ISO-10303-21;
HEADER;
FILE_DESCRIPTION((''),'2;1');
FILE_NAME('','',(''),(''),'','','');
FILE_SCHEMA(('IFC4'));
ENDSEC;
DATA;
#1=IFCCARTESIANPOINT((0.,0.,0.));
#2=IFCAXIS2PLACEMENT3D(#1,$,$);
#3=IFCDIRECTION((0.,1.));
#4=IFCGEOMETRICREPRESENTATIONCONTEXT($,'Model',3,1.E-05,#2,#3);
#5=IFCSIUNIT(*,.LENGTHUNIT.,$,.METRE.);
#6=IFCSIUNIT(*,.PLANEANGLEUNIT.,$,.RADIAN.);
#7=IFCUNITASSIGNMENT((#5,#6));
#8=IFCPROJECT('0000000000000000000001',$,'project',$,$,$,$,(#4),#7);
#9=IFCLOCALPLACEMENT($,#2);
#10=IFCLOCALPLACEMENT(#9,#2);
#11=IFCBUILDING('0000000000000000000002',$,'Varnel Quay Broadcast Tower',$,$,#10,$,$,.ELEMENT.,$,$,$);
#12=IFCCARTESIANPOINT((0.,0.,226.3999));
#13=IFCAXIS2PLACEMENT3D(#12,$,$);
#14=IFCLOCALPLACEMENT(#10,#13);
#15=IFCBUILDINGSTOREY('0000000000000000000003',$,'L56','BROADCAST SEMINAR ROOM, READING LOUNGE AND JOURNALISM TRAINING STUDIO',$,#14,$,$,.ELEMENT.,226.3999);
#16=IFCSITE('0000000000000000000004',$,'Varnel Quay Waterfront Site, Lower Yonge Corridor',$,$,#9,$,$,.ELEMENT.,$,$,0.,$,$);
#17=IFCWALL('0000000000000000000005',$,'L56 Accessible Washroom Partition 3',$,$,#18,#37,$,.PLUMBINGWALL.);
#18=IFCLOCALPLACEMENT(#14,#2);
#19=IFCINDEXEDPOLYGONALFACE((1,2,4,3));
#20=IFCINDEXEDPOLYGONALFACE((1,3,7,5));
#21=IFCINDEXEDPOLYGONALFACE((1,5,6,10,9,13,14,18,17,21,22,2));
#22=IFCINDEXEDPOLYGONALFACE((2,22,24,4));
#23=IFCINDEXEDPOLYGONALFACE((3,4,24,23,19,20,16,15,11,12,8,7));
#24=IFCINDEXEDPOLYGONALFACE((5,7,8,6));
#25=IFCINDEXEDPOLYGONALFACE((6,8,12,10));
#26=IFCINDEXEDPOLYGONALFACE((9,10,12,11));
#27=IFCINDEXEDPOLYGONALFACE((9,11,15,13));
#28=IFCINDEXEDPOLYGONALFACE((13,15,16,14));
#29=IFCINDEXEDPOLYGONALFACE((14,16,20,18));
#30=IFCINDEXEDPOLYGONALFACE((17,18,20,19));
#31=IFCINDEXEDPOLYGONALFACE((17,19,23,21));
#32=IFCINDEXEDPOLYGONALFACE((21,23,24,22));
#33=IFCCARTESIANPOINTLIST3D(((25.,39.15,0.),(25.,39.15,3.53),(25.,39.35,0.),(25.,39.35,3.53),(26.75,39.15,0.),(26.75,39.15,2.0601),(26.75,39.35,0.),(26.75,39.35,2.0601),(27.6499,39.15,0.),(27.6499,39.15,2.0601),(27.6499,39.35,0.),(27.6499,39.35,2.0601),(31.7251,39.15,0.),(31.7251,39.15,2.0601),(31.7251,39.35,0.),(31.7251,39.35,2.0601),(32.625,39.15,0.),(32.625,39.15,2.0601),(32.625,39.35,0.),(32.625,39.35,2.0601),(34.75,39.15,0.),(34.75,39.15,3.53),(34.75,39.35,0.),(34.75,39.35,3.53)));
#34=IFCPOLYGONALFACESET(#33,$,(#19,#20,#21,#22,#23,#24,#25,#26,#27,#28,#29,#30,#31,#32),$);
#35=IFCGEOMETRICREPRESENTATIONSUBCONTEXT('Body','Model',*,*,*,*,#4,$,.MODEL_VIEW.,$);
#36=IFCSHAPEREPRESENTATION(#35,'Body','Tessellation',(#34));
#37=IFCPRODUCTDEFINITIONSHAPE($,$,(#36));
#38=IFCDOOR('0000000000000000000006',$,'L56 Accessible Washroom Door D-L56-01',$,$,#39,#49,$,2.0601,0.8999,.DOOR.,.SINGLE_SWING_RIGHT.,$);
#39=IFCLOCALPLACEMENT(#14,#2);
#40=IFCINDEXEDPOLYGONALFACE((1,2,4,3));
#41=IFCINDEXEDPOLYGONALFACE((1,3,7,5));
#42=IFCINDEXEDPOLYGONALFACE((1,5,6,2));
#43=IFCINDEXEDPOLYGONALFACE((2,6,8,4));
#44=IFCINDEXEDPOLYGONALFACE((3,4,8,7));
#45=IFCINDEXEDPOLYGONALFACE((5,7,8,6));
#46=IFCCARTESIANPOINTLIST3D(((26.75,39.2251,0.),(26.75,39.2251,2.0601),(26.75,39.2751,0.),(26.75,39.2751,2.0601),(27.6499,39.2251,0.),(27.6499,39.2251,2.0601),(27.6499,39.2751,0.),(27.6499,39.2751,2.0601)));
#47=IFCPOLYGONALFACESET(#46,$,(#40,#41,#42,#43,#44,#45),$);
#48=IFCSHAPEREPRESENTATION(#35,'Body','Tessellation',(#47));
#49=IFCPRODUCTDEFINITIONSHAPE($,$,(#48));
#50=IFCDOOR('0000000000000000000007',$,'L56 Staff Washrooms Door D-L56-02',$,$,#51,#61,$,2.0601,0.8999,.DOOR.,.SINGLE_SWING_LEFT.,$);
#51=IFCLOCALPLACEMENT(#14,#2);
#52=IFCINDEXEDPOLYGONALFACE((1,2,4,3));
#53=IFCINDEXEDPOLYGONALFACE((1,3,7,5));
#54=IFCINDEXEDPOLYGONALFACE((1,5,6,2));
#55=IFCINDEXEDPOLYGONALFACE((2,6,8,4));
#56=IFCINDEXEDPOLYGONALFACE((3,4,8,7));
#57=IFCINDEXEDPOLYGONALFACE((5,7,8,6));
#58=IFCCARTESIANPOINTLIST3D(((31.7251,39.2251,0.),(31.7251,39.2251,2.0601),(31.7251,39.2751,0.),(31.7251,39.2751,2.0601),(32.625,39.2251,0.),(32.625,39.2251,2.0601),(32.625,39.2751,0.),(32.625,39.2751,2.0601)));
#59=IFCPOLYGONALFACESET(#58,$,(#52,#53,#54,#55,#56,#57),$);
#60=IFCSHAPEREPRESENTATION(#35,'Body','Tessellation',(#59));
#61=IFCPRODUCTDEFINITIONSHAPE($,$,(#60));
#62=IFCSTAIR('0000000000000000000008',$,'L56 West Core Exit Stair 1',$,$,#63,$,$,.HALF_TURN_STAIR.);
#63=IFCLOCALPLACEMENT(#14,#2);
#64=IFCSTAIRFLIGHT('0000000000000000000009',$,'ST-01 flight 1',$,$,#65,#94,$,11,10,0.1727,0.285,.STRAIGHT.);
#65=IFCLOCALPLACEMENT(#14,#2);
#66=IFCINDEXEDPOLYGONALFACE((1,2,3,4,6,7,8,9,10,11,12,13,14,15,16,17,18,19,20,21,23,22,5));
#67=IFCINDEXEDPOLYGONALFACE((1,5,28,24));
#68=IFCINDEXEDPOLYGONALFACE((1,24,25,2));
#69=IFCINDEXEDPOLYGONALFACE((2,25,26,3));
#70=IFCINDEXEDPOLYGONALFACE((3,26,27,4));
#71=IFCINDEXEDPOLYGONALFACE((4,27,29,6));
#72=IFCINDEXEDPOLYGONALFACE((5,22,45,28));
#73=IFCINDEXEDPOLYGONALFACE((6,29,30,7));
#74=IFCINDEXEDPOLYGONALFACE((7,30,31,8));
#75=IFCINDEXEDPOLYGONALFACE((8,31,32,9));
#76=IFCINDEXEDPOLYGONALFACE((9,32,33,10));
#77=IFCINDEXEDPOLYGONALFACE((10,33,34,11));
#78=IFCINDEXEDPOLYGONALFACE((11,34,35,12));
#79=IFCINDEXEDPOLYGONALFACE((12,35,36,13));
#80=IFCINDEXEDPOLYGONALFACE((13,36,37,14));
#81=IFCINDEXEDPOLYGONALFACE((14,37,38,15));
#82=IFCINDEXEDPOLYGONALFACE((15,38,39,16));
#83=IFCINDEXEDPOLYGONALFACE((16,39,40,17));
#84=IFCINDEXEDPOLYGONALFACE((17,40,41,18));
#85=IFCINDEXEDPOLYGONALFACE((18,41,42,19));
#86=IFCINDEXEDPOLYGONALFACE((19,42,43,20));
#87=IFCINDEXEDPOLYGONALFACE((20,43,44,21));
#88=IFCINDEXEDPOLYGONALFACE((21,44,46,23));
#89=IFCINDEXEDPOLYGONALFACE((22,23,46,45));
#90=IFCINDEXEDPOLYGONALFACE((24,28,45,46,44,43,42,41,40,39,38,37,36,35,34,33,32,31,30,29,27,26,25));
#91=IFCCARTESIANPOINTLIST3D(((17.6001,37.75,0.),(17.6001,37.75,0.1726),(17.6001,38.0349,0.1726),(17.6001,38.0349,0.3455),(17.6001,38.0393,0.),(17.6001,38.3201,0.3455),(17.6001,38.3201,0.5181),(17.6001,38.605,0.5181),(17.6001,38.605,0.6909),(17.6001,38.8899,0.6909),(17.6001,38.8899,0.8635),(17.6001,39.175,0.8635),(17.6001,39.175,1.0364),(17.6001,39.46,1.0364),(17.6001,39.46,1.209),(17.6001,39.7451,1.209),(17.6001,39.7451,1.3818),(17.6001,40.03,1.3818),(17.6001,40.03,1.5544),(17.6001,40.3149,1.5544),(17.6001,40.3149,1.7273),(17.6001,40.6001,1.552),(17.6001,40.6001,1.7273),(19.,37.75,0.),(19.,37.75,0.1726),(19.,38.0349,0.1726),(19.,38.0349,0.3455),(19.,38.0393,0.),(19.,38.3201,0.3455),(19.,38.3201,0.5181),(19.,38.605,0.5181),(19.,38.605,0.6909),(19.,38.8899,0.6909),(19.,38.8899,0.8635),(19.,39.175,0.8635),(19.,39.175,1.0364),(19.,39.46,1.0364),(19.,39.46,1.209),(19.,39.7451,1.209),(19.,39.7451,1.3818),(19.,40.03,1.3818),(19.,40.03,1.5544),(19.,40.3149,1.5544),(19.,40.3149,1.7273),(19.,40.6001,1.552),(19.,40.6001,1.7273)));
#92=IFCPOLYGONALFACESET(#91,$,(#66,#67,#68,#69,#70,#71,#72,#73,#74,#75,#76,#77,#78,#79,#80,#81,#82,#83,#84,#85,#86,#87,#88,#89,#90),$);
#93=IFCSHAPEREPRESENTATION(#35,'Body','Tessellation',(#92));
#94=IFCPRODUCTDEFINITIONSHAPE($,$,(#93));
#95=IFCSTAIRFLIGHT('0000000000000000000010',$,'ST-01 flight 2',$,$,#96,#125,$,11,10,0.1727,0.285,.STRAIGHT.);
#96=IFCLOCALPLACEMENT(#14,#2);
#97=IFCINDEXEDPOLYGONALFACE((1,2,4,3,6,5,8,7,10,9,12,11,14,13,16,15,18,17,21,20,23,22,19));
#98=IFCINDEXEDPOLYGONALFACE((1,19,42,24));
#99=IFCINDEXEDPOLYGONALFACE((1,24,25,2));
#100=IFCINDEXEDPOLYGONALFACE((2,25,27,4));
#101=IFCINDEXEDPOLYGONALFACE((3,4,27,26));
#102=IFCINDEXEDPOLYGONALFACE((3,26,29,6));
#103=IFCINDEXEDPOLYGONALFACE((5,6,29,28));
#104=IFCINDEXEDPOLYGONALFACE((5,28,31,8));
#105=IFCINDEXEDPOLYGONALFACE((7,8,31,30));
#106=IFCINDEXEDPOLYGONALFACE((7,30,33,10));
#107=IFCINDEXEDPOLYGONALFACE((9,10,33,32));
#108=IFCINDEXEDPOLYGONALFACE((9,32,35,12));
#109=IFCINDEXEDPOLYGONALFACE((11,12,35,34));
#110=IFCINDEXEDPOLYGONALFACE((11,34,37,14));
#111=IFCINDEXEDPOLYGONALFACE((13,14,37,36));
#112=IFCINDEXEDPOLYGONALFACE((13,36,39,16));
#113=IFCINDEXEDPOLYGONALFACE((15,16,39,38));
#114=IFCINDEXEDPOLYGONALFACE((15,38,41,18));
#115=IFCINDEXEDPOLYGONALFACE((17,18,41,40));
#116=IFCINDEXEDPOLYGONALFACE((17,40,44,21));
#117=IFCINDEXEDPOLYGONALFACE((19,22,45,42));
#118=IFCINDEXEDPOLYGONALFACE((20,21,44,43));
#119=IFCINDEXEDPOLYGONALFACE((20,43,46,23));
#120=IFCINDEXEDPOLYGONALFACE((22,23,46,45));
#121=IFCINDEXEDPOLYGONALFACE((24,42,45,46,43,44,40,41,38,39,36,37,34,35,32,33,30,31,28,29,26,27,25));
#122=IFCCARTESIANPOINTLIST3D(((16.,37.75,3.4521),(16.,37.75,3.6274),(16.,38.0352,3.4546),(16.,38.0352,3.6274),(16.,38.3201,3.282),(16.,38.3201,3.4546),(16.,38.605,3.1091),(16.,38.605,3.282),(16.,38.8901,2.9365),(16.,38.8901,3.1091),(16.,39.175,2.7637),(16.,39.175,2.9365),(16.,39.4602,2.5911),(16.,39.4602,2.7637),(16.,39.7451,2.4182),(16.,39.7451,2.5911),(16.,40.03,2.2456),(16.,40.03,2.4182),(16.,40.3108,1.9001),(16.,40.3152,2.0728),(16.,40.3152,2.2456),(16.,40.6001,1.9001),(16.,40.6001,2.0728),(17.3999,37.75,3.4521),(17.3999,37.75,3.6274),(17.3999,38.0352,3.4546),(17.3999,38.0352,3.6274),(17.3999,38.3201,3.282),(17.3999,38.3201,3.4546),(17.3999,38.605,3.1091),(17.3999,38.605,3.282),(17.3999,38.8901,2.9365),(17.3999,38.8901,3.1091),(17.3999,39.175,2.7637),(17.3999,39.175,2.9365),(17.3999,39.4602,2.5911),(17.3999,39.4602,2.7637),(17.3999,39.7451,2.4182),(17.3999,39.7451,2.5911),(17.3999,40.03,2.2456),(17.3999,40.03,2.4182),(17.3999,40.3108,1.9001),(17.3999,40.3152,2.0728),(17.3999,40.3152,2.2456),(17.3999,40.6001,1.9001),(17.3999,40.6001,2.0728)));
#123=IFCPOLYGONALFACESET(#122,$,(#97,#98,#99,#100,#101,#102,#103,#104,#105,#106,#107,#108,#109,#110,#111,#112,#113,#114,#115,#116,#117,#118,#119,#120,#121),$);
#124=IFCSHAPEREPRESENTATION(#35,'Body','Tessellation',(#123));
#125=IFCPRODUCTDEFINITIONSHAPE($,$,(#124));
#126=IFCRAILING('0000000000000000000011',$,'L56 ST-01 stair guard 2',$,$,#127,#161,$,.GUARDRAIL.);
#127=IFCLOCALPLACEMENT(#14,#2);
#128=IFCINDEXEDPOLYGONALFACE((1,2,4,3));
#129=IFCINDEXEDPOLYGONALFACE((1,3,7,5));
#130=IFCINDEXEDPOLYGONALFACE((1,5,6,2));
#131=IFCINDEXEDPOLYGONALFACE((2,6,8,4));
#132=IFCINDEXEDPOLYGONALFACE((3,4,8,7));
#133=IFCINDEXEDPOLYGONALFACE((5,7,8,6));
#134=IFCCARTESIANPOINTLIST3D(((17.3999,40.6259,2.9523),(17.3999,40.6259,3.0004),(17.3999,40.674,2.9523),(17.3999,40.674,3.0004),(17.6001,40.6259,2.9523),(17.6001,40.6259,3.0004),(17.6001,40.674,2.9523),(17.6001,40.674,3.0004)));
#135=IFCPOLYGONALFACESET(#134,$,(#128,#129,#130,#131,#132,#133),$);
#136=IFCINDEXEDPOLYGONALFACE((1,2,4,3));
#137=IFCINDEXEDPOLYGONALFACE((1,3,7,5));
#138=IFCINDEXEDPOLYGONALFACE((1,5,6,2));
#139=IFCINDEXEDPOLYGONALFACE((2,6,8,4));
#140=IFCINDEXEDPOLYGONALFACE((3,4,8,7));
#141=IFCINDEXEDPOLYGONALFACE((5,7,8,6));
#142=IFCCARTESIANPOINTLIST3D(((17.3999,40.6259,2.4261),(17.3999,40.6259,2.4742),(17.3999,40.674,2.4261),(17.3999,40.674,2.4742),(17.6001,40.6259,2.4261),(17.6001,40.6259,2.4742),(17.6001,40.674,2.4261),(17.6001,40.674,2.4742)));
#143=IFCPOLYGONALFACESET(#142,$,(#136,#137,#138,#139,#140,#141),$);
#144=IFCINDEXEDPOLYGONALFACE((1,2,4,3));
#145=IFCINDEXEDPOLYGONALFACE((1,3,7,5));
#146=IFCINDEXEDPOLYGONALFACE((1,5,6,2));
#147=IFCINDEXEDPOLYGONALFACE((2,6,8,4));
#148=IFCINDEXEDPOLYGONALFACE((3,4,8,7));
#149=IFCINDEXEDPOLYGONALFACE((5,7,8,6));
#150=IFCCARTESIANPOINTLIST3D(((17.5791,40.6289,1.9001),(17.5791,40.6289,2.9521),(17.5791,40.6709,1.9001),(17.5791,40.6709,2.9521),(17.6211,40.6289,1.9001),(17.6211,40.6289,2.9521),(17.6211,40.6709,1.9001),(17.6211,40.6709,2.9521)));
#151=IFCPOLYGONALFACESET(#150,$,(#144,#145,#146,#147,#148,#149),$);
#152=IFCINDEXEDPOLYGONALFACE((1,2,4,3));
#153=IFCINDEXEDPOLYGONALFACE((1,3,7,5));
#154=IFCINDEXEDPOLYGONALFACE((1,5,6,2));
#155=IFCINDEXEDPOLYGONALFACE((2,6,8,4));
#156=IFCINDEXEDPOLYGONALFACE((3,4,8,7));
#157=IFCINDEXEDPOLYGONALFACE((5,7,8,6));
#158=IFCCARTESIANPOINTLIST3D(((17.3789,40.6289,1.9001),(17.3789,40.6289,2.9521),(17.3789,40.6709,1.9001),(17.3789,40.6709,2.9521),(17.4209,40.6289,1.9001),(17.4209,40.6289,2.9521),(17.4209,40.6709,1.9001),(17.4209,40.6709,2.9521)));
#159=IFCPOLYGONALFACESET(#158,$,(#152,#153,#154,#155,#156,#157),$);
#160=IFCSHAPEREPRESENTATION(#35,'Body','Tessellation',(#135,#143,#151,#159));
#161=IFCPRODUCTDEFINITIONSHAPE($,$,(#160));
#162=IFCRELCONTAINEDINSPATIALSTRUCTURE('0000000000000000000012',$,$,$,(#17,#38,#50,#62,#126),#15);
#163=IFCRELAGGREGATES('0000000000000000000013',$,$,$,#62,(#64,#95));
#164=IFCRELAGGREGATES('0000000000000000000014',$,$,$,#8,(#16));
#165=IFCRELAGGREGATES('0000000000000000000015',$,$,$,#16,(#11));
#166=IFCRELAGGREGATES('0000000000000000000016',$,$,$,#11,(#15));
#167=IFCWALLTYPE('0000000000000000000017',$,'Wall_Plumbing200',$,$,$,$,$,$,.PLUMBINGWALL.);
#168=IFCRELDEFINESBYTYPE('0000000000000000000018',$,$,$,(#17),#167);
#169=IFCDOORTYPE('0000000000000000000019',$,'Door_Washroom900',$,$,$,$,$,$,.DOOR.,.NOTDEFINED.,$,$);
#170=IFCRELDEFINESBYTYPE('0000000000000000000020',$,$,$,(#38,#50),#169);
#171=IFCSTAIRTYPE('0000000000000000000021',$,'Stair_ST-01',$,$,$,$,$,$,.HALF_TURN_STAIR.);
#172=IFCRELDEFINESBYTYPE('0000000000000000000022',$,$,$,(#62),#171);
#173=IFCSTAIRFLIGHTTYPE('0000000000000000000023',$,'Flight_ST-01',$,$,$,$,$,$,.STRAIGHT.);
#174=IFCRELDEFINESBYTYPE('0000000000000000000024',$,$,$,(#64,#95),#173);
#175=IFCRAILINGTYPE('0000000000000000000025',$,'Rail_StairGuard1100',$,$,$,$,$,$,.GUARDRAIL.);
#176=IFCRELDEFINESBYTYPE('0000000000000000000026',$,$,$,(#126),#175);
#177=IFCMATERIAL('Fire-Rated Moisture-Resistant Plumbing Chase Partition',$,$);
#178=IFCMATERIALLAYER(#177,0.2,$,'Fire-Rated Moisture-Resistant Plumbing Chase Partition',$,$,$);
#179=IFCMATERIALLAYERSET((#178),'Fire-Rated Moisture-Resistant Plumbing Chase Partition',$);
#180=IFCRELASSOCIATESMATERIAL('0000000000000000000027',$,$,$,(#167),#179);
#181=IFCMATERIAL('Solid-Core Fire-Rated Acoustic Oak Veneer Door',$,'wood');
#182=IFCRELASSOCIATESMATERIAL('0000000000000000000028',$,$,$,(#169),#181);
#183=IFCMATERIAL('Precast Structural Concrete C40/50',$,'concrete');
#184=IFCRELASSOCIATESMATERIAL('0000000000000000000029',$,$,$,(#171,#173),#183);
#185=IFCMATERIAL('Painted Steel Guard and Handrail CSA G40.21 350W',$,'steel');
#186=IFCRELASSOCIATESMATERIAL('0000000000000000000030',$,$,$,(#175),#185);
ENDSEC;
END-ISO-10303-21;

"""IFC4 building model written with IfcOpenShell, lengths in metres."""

from ifc_helpers import new_model, si_unit, direction, frame, frame_2d, origin, origin_2d, place, context, subcontext, project, spatial, polyline, rectangle, outline, extrude, source, transform, mapped, material, layer, layer_set, type_object, type_shapes, element, fill, aggregate, save


model = new_model("IFC4")

# Units and contexts
model_context = context("Model", 3, precision=1e-05, world=origin(), true_north=direction((0.0, 1.0)))
body_context = subcontext(model_context, "Body", "Model", "MODEL_VIEW")
ifc_project = project(units=[si_unit("LENGTHUNIT", "METRE"), si_unit("PLANEANGLEUNIT", "RADIAN")], contexts=[model_context])

# Site, building, storey
site_placement = place(None, origin())
site = spatial("IfcSite", under=ifc_project, at=site_placement, Name="Varnel Quay Waterfront Site, Lower Yonge Corridor", CompositionType="ELEMENT", RefElevation=0.0)
building_placement = place(site_placement, origin())
building = spatial("IfcBuilding", under=site, at=building_placement, Name="Varnel Quay Broadcast Tower", CompositionType="ELEMENT")
storey_placement = place(building_placement, frame((0.0, 0.0, 226.3999)))
storey = spatial("IfcBuildingStorey", under=building, at=storey_placement, Name="L56", Description="BROADCAST SEMINAR ROOM, READING LOUNGE AND JOURNALISM TRAINING STUDIO", CompositionType="ELEMENT", Elevation=226.3999)

# Wall, openings, doors
ifc_material_1 = material(Name="Solid-Core Fire-Rated Acoustic Oak Veneer Door", Category="wood")
ifc_material_2 = material(Name="Fire-Rated Moisture-Resistant Plumbing Chase Partition")
ifc_layer_1 = layer(ifc_material_2, 0.2, Name="Fire-Rated Moisture-Resistant Plumbing Chase Partition")
ifc_layer_set_1 = layer_set([ifc_layer_1], Name="Fire-Rated Moisture-Resistant Plumbing Chase Partition")
wall_type_1 = type_object("IfcWallType", Name="Wall_Plumbing200", PredefinedType="PLUMBINGWALL", material=ifc_layer_set_1)
wall_1_placement = place(storey_placement, frame((25.0, 39.25, 0.0), z_axis=(0.0, 0.0, 1.0), x_axis=(1.0, 0.0, 0.0)))
wall_1 = element("IfcWall", 1, at=wall_1_placement, inside=storey, type_object=wall_type_1, Name="L56 Accessible Washroom Partition 3", PredefinedType="PLUMBINGWALL", context=body_context, shape_type="SweptSolid", body=[
    extrude(rectangle(XDim=9.75, YDim=0.2, at=frame_2d((4.875, 0.0))), origin(), (0.0, 0.0, 1.0), 3.53),
])
opening_1_placement = place(wall_1_placement, frame((1.75, 0.0, 0.0)))
opening_1 = element("IfcOpeningElement", 2, at=opening_1_placement, cuts=wall_1, PredefinedType="OPENING", context=body_context, shape_type="SweptSolid", body=[
    extrude(rectangle(XDim=0.8999, YDim=2.0601, at=frame_2d((0.45, 1.03))), frame((0.0, 0.1099, 0.0), z_axis=(0.0, -1.0, 0.0), x_axis=(1.0, 0.0, 0.0)), (0.0, 0.0, 1.0), 0.22),
])
opening_2_placement = place(wall_1_placement, frame((6.7251, 0.0, 0.0)))
opening_2 = element("IfcOpeningElement", 3, at=opening_2_placement, cuts=wall_1, PredefinedType="OPENING", context=body_context, shape_type="SweptSolid", body=[
    extrude(rectangle(XDim=0.8999, YDim=2.0601, at=frame_2d((0.45, 1.03))), frame((0.0, 0.1099, 0.0), z_axis=(0.0, -1.0, 0.0), x_axis=(1.0, 0.0, 0.0)), (0.0, 0.0, 1.0), 0.22),
])
door_type_1 = type_object("IfcDoorType", Name="Door_Washroom900", OperationType="NOTDEFINED", PredefinedType="DOOR", material=ifc_material_1)
shared_shape_1 = source(origin(), body_context, "Body", "SweptSolid", [
    extrude(rectangle(XDim=0.8999, YDim=2.0601, at=frame_2d((0.45, 1.03))), frame((0.0, 0.0249, 0.0), z_axis=(0.0, -1.0, 0.0), x_axis=(1.0, 0.0, 0.0)), (0.0, 0.0, 1.0), 0.05),
])
type_shapes(door_type_1, [shared_shape_1])
door_1_placement = place(opening_1_placement, frame((0.8999, 0.0, 0.0), z_axis=(0.0, 0.0, 1.0), x_axis=(-1.0, 0.0, 0.0)))
door_1 = element("IfcDoor", 4, at=door_1_placement, inside=storey, type_object=door_type_1, Name="L56 Accessible Washroom Door D-L56-01", OperationType="SINGLE_SWING_RIGHT", OverallHeight=2.0601, OverallWidth=0.8999, PredefinedType="DOOR", context=body_context, shape_type="MappedRepresentation", body=[
    mapped(shared_shape_1, transform((0.0, 0.0, 0.0), x_axis=(1.0, 0.0, 0.0), y_axis=(0.0, 1.0, 0.0), z_axis=(0.0, 0.0, 1.0), scale=1.0)),
])
fill(opening_1, door_1)
door_2_placement = place(opening_2_placement, frame((0.8999, 0.0, 0.0), z_axis=(0.0, 0.0, 1.0), x_axis=(-1.0, 0.0, 0.0)))
door_2 = element("IfcDoor", 5, at=door_2_placement, inside=storey, type_object=door_type_1, Name="L56 Staff Washrooms Door D-L56-02", OperationType="SINGLE_SWING_LEFT", OverallHeight=2.0601, OverallWidth=0.8999, PredefinedType="DOOR", context=body_context, shape_type="MappedRepresentation", body=[
    mapped(shared_shape_1, transform((0.0, 0.0, 0.0), x_axis=(1.0, 0.0, 0.0), y_axis=(0.0, 1.0, 0.0), z_axis=(0.0, 0.0, 1.0), scale=1.0)),
])
fill(opening_2, door_2)

# Stair, stair flights
ifc_material_3 = material(Name="Precast Structural Concrete C40/50", Category="concrete")
stair_type = type_object("IfcStairType", Name="Stair_ST-01", PredefinedType="HALF_TURN_STAIR", material=ifc_material_3)
stair_placement = place(storey_placement, origin())
stair = element("IfcStair", 6, at=stair_placement, inside=storey, type_object=stair_type, Name="L56 West Core Exit Stair 1", PredefinedType="HALF_TURN_STAIR")
stair_flight_type = type_object("IfcStairFlightType", Name="Flight_ST-01", PredefinedType="STRAIGHT", material=ifc_material_3)
stair_flight_1_placement = place(storey_placement, frame((18.3, 37.75, 0.0), z_axis=(0.0, 0.0, 1.0), x_axis=(0.0, 1.0, 0.0)))
stair_flight_1 = element("IfcStairFlight", 7, at=stair_flight_1_placement, type_object=stair_flight_type, Name="ST-01 flight 1", NumberOfRisers=11, NumberOfTreads=10, PredefinedType="STRAIGHT", RiserHeight=0.1727, TreadLength=0.285, context=body_context, shape_type="SweptSolid", body=[
    extrude(outline(polyline([(0.0, 0.0), (0.0, 0.1726), (0.2849, 0.1726), (0.2849, 0.3455), (0.5701, 0.3455), (0.5701, 0.5181), (0.855, 0.5181), (0.855, 0.6909), (1.1399, 0.6909), (1.1399, 0.8635), (1.425, 0.8635), (1.425, 1.0364), (1.71, 1.0364), (1.71, 1.209), (1.9951, 1.209), (1.9951, 1.3818), (2.28, 1.3818), (2.28, 1.5544), (2.5649, 1.5544), (2.5649, 1.7273), (2.8501, 1.7273), (2.8501, 1.8999), (2.8501, 1.552), (0.2893, 0.0), (0.0, 0.0)])), frame((0.0, 0.7, 0.0), z_axis=(0.0, -1.0, 0.0), x_axis=(1.0, 0.0, 0.0)), (0.0, 0.0, 1.0), 1.3999),
])
stair_flight_2_placement = place(storey_placement, frame((16.7, 40.6001, 1.9001), z_axis=(0.0, 0.0, 1.0), x_axis=(0.0, -1.0, 0.0)))
stair_flight_2 = element("IfcStairFlight", 8, at=stair_flight_2_placement, type_object=stair_flight_type, Name="ST-01 flight 2", NumberOfRisers=11, NumberOfTreads=10, PredefinedType="STRAIGHT", RiserHeight=0.1727, TreadLength=0.285, context=body_context, shape_type="SweptSolid", body=[
    extrude(outline(polyline([(0.0, 0.0), (0.0, 0.1726), (0.2849, 0.1726), (0.2849, 0.3455), (0.5701, 0.3455), (0.5701, 0.5181), (0.855, 0.5181), (0.855, 0.6909), (1.1399, 0.6909), (1.1399, 0.8635), (1.425, 0.8635), (1.425, 1.0364), (1.71, 1.0364), (1.71, 1.209), (1.9951, 1.209), (1.9951, 1.3818), (2.28, 1.3818), (2.28, 1.5544), (2.5649, 1.5544), (2.5649, 1.7273), (2.8501, 1.7273), (2.8501, 1.8999), (2.8501, 1.552), (0.2893, 0.0), (0.0, 0.0)])), frame((0.0, 0.7, 0.0), z_axis=(0.0, -1.0, 0.0), x_axis=(1.0, 0.0, 0.0)), (0.0, 0.0, 1.0), 1.3999),
])
aggregate(stair, [stair_flight_1, stair_flight_2])

# Railing
ifc_material_4 = material(Name="Painted Steel Guard and Handrail CSA G40.21 350W", Category="steel")
railing_type_1 = type_object("IfcRailingType", Name="Rail_StairGuard1100", PredefinedType="GUARDRAIL", material=ifc_material_4)
railing_1_placement = place(storey_placement, frame((17.6001, 40.6499, 1.9001)))
element("IfcRailing", 9, at=railing_1_placement, inside=storey, type_object=railing_type_1, Name="L56 ST-01 stair guard 2", PredefinedType="GUARDRAIL", context=body_context, shape_type="SweptSolid", body=[
    extrude(rectangle(XDim=0.0481, YDim=0.0481, at=origin_2d()), frame((0.0, 0.0, 1.0762), z_axis=(-1.0, 0.0, 0.0), x_axis=(0.0, -1.0, 0.0)), (0.0, 0.0, 1.0), 0.2002),
    extrude(rectangle(XDim=0.0481, YDim=0.0481, at=origin_2d()), frame((0.0, 0.0, 0.55), z_axis=(-1.0, 0.0, 0.0), x_axis=(0.0, -1.0, 0.0)), (0.0, 0.0, 1.0), 0.2002),
    extrude(rectangle(XDim=0.042, YDim=0.042, at=origin_2d()), origin(), (0.0, 0.0, 1.0), 1.052),
    extrude(rectangle(XDim=0.042, YDim=0.042, at=origin_2d()), frame((-0.2002, 0.0, 0.0)), (0.0, 0.0, 1.0), 1.052),
])

save(model, "model.ifc")
